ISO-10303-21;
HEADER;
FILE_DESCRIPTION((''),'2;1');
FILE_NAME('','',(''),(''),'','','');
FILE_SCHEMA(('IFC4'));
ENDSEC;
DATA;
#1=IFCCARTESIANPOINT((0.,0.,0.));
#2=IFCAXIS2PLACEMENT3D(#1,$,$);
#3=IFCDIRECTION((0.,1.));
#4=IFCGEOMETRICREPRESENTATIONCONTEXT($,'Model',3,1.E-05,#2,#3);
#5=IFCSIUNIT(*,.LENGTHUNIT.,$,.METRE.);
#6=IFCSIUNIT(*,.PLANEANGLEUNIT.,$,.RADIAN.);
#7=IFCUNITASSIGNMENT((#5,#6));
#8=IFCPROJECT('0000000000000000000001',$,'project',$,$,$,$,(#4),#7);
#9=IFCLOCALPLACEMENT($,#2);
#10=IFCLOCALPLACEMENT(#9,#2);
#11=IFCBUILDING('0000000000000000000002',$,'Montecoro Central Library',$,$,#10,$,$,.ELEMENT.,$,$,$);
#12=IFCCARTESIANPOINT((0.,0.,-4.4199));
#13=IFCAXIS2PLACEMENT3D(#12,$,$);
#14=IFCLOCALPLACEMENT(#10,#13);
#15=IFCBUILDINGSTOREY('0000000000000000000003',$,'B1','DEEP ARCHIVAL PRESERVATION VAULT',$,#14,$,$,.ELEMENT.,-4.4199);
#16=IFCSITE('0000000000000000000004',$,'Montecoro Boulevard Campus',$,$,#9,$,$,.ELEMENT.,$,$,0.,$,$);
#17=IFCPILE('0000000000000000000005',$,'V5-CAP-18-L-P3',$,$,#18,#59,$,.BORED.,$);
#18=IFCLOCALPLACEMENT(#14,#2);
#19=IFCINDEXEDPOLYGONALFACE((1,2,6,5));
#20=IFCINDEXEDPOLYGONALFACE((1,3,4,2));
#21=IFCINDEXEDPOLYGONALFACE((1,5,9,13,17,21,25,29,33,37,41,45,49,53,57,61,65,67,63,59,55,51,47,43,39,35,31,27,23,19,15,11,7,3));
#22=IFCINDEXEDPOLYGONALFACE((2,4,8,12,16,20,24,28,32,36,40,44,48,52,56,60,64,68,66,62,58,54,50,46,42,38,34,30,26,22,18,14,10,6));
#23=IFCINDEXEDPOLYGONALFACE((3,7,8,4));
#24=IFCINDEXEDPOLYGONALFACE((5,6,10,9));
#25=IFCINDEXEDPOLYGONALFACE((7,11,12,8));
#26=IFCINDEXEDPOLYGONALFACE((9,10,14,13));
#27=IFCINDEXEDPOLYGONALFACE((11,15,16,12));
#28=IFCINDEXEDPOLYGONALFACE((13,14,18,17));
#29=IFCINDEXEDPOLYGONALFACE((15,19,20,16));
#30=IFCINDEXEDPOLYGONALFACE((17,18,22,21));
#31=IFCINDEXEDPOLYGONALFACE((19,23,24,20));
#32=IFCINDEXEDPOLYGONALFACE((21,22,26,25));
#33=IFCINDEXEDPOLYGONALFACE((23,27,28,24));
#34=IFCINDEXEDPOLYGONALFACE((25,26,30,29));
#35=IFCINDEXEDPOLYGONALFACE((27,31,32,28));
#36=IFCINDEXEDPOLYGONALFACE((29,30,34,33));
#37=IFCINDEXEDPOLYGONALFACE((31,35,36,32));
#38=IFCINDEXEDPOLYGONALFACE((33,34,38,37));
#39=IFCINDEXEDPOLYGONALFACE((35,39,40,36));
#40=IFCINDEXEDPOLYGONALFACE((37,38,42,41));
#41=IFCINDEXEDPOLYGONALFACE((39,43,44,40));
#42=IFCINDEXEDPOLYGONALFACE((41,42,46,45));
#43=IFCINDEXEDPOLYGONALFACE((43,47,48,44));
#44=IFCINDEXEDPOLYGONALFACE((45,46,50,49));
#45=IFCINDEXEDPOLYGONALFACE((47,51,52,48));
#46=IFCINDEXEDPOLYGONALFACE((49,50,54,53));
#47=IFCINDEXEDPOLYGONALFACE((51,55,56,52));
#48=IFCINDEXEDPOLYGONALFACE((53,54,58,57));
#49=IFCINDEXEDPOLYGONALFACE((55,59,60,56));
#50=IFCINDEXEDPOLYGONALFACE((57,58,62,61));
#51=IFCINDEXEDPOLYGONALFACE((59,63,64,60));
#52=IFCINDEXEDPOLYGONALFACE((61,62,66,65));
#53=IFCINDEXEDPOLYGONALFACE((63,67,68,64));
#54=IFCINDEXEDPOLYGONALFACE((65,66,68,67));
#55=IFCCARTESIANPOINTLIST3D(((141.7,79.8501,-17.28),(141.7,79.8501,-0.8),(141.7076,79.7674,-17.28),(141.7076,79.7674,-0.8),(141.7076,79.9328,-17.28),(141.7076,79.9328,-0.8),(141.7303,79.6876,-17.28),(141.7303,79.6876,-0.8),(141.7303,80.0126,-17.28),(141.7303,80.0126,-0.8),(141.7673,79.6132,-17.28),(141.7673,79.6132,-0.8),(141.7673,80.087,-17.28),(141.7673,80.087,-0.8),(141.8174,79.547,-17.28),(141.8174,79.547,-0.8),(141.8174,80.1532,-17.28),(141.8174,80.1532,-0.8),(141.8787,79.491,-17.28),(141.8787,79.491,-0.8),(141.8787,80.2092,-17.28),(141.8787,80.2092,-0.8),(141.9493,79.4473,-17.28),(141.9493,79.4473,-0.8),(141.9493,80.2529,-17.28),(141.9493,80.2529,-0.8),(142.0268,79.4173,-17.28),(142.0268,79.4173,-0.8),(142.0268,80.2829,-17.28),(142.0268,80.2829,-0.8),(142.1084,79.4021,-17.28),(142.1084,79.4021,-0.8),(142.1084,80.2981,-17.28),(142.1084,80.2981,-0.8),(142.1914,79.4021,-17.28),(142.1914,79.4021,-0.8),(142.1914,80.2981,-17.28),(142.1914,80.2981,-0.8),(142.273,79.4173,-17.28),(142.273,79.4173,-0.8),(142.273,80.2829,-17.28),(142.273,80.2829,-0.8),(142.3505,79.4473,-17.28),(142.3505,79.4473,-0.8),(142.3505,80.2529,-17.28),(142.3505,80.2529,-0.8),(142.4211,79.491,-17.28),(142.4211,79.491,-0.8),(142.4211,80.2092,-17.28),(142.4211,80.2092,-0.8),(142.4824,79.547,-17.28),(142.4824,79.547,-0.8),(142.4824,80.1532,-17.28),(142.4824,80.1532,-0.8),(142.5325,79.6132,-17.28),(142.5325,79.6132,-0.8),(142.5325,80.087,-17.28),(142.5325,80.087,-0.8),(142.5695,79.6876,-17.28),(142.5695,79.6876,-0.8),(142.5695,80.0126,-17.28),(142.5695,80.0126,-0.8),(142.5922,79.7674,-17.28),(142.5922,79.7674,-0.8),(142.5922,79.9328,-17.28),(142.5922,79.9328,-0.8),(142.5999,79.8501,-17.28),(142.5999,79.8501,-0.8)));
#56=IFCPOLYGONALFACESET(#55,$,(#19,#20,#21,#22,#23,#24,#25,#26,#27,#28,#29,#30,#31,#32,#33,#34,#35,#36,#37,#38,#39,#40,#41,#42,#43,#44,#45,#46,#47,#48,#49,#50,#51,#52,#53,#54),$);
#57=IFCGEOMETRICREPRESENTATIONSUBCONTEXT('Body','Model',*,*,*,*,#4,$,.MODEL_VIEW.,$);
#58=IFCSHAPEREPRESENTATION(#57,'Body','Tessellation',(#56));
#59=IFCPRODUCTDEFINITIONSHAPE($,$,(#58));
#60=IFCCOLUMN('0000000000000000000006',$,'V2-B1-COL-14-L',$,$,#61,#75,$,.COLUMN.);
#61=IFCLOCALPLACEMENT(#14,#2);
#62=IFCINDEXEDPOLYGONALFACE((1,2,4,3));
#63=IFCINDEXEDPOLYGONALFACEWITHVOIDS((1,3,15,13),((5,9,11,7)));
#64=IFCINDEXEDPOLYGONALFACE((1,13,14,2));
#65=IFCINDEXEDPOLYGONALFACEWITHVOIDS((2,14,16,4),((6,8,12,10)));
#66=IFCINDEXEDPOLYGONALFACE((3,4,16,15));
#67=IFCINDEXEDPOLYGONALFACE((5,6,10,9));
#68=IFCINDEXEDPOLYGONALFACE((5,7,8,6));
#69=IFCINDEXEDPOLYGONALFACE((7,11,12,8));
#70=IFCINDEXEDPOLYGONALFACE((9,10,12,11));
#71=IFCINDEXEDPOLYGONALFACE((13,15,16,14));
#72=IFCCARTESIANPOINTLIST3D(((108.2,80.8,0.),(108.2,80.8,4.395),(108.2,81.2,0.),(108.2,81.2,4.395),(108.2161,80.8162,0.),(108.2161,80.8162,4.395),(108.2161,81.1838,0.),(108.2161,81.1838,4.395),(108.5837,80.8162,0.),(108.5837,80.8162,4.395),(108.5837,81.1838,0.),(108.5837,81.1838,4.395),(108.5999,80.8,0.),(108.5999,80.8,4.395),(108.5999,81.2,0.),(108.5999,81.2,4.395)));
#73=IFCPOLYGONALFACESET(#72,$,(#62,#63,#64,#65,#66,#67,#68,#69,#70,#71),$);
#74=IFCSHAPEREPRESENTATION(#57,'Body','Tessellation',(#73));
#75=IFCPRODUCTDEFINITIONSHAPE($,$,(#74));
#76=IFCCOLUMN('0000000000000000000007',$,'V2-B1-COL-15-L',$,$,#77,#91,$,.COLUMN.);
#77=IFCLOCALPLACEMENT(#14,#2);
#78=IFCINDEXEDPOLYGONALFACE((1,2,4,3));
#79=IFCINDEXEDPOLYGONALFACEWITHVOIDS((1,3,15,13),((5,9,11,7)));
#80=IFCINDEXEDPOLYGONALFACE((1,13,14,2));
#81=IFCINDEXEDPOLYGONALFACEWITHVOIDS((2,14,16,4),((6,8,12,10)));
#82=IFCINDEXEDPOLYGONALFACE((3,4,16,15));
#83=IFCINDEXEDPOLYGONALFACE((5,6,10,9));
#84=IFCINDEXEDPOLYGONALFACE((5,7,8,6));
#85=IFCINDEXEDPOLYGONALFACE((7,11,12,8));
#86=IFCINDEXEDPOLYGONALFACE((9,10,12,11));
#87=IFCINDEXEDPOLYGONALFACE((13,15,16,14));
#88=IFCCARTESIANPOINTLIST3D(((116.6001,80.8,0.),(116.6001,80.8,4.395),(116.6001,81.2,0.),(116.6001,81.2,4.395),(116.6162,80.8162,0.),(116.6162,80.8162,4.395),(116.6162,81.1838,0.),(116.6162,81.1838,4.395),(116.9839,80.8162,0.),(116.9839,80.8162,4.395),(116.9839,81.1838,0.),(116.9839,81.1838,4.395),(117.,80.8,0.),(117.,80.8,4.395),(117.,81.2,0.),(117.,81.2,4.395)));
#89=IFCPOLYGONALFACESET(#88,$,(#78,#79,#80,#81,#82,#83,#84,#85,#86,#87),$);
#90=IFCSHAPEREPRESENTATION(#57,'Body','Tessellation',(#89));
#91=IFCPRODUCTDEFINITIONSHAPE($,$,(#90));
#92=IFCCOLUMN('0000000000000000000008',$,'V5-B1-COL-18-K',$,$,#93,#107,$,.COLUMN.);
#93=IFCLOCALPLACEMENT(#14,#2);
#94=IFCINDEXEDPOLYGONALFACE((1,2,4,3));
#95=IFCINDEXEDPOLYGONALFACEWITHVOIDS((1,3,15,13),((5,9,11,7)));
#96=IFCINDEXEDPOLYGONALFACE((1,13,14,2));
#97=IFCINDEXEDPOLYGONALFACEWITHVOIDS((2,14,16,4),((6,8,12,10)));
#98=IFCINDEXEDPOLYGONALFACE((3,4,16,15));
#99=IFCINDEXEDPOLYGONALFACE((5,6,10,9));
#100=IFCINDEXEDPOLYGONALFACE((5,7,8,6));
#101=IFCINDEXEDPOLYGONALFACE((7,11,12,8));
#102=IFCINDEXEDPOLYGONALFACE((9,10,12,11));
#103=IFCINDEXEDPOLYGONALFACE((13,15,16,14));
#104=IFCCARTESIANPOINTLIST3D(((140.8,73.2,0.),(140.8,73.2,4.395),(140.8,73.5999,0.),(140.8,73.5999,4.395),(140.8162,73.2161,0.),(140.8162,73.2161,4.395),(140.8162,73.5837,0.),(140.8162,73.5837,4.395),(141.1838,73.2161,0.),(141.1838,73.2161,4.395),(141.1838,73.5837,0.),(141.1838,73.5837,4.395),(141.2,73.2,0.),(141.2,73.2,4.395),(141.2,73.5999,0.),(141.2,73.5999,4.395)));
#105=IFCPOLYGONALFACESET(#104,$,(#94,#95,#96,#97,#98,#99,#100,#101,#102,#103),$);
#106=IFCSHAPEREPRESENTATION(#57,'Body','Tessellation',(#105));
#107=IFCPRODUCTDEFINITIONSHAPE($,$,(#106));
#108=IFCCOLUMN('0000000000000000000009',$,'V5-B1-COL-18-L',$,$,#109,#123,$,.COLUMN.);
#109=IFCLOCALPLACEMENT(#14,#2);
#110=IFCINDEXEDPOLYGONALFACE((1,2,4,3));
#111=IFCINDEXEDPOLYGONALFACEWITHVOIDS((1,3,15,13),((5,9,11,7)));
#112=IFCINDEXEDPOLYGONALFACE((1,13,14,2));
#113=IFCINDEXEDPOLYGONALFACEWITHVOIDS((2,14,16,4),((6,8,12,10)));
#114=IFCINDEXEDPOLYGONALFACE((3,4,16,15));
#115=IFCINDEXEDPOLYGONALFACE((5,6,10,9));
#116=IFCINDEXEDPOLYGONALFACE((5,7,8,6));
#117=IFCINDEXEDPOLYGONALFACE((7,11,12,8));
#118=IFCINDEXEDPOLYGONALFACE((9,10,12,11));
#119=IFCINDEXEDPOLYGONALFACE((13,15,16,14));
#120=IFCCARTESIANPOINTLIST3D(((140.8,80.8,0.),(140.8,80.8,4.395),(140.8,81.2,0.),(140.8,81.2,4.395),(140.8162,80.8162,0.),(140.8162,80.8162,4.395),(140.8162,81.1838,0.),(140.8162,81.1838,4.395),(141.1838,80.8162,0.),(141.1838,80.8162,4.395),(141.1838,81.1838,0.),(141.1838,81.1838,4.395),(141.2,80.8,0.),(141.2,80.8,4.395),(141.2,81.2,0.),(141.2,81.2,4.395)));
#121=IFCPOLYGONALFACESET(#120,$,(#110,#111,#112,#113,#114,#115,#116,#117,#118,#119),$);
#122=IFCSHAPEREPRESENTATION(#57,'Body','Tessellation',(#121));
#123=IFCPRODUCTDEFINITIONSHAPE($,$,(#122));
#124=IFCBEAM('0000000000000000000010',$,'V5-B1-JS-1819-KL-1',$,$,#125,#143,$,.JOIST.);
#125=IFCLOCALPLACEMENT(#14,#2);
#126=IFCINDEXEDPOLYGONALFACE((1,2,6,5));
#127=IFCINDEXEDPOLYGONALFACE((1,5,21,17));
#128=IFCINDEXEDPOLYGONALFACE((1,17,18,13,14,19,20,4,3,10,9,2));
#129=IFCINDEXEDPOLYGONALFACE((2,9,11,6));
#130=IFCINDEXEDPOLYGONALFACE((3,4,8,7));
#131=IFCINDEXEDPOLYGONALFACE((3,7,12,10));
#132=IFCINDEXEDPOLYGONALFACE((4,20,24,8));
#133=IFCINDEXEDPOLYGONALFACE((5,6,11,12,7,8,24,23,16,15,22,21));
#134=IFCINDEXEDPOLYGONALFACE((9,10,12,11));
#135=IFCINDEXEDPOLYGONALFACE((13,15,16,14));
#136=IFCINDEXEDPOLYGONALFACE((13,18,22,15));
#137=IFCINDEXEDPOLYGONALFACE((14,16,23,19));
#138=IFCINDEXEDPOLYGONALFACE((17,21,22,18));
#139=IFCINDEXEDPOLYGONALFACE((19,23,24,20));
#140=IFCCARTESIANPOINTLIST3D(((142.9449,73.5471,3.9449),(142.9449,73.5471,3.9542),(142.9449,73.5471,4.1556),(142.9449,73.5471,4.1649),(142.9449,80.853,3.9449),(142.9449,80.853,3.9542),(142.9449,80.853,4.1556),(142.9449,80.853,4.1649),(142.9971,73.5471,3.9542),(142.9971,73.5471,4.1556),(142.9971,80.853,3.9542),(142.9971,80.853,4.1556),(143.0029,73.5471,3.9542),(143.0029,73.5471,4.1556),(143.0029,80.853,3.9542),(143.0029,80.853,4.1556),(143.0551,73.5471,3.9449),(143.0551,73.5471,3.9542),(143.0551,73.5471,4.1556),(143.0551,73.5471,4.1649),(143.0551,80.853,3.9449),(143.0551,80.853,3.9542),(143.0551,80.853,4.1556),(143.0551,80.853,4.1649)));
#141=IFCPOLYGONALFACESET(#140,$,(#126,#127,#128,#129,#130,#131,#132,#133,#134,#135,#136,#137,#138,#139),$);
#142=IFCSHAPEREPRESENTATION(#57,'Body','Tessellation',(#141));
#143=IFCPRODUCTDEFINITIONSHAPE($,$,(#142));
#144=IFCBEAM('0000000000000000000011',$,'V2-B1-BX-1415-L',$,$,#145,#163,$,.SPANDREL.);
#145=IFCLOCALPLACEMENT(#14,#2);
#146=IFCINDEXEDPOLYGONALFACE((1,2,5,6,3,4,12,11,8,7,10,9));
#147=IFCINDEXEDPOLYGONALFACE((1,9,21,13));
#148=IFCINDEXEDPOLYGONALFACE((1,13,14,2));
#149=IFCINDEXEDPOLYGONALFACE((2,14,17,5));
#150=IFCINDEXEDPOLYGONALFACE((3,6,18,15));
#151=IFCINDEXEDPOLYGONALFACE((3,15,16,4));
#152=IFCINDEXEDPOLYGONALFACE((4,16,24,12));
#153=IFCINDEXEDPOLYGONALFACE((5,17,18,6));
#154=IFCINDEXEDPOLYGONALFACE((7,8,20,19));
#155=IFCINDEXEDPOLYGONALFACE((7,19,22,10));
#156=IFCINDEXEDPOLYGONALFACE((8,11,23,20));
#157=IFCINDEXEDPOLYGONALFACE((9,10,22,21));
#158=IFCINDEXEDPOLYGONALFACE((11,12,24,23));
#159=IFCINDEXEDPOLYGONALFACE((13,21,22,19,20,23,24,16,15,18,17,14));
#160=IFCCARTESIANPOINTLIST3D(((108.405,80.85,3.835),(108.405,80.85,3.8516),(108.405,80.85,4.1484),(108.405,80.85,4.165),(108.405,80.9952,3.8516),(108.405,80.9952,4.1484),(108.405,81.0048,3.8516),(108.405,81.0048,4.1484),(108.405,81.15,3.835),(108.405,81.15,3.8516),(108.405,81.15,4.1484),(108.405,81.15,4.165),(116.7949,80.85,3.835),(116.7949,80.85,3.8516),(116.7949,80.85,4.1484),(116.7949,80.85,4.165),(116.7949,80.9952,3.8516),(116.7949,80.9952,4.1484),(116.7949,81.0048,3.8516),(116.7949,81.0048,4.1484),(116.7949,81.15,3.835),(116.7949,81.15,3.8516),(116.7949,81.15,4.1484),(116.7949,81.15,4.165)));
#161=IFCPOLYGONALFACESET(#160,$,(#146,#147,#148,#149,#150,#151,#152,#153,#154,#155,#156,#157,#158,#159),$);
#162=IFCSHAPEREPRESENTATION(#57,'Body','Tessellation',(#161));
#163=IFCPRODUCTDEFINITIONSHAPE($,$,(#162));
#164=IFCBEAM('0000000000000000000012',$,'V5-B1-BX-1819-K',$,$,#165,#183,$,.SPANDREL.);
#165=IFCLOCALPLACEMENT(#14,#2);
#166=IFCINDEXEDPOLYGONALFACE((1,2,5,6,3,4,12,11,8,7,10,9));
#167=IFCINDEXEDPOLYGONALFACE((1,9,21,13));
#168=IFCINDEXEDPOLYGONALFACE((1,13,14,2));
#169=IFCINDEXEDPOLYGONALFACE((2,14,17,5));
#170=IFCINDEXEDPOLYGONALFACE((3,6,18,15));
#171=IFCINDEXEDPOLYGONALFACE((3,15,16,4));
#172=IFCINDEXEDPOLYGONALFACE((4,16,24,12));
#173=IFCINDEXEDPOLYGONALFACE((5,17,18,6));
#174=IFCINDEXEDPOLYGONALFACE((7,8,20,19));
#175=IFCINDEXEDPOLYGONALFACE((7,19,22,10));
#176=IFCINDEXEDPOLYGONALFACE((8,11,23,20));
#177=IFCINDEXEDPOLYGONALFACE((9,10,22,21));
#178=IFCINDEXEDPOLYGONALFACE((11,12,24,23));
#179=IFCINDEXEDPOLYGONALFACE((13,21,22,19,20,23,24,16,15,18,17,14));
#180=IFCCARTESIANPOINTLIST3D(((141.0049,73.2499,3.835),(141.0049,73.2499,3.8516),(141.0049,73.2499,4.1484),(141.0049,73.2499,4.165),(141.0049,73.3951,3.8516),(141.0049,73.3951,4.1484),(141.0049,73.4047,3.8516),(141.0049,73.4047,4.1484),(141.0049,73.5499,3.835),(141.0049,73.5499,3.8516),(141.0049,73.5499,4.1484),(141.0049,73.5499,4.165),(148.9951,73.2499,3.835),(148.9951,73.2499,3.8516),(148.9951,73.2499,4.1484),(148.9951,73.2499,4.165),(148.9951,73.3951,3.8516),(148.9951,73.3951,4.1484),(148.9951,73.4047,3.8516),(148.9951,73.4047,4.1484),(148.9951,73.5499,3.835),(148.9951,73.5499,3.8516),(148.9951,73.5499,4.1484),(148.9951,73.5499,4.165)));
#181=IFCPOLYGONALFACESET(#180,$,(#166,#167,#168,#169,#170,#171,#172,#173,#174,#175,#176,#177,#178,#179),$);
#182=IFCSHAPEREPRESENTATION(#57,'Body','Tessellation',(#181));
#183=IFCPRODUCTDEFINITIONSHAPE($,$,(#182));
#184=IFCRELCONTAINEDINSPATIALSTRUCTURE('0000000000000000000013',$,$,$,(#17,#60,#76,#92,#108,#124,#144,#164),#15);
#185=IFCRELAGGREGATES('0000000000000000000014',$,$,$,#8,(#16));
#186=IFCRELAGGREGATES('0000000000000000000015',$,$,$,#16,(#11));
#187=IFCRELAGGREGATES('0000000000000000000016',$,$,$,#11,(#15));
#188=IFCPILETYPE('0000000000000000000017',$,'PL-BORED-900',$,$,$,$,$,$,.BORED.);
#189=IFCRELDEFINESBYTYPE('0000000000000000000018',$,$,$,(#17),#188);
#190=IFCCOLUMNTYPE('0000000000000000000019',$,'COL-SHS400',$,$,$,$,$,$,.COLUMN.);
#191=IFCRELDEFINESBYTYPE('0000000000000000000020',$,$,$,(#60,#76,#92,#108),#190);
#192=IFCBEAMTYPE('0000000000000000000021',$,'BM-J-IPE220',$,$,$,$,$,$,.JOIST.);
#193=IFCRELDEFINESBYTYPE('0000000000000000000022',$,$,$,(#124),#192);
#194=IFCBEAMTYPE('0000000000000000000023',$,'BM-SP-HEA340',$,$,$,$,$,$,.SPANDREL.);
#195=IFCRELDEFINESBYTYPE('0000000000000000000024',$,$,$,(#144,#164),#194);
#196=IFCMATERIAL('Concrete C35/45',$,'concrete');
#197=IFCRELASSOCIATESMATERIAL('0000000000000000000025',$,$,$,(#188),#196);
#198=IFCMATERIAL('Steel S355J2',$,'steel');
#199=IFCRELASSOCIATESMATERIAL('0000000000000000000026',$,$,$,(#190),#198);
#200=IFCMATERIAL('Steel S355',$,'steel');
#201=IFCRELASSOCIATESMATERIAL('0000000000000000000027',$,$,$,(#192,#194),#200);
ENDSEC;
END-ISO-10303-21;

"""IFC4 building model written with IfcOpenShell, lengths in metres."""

from ifc_helpers import new_model, si_unit, direction, frame, origin, origin_2d, place, context, subcontext, project, spatial, hollow_rectangle, circle, i_section, extrude, material, material_profile, profile_set, type_object, element, save


model = new_model("IFC4")

# Units and contexts
model_context = context("Model", 3, precision=1e-05, world=origin(), true_north=direction((0.0, 1.0)))
body_context = subcontext(model_context, "Body", "Model", "MODEL_VIEW")
ifc_project = project(units=[si_unit("LENGTHUNIT", "METRE"), si_unit("PLANEANGLEUNIT", "RADIAN")], contexts=[model_context])

# Site, building, storey
site_placement = place(None, origin())
site = spatial("IfcSite", under=ifc_project, at=site_placement, Name="Montecoro Boulevard Campus", CompositionType="ELEMENT", RefElevation=0.0)
building_placement = place(site_placement, origin())
building = spatial("IfcBuilding", under=site, at=building_placement, Name="Montecoro Central Library", CompositionType="ELEMENT")
storey_placement = place(building_placement, frame((0.0, 0.0, -4.4199)))
storey = spatial("IfcBuildingStorey", under=building, at=storey_placement, Name="B1", Description="DEEP ARCHIVAL PRESERVATION VAULT", CompositionType="ELEMENT", Elevation=-4.4199)

# Shared definitions
ifc_material_1 = material(Name="Concrete C35/45", Category="concrete")

# Pile
ifc_material_profile_1 = material_profile(ifc_material_1, circle(Radius=0.45, at=origin_2d()), Name="PILE D900")
ifc_profile_set_1 = profile_set([ifc_material_profile_1], Name="Concrete C35/45")
pile_type_1 = type_object("IfcPileType", Name="PL-BORED-900", PredefinedType="BORED", material=ifc_profile_set_1)
for number, where, z_axis, x_axis, name in (
    (1, (142.1499, 79.8501, -0.8), (0.0, 0.0, -1.0), (1.0, 0.0, 0.0), "V5-CAP-18-L-P3"),
):
    element("IfcPile", number, at=place(storey_placement, frame(where, z_axis=z_axis, x_axis=x_axis)), inside=storey, type_object=pile_type_1, Name=name, PredefinedType="BORED", context=body_context, shape_type="SweptSolid", body=[
        extrude(circle(Radius=0.45, at=origin_2d()), origin(), (0.0, 0.0, 1.0), 16.48),
    ])

# Columns
ifc_material_2 = material(Name="Steel S355J2", Category="steel")
ifc_material_profile_2 = material_profile(ifc_material_2, hollow_rectangle(XDim=0.3999, YDim=0.3999, WallThickness=0.0161, at=origin_2d()), Name="SHS 400x400x16.0")
ifc_profile_set_2 = profile_set([ifc_material_profile_2], Name="Steel S355J2")
column_type = type_object("IfcColumnType", Name="COL-SHS400", PredefinedType="COLUMN", material=ifc_profile_set_2)
for number, where, z_axis, x_axis, name in (
    (2, (108.3999, 81.0, 0.0), (0.0, 0.0, 1.0), (1.0, 0.0, 0.0), "V2-B1-COL-14-L"),
    (3, (116.8, 81.0, 0.0), (0.0, 0.0, 1.0), (1.0, 0.0, 0.0), "V2-B1-COL-15-L"),
    (4, (141.0, 73.3999, 0.0), (0.0, 0.0, 1.0), (1.0, 0.0, 0.0), "V5-B1-COL-18-K"),
    (5, (141.0, 81.0, 0.0), (0.0, 0.0, 1.0), (1.0, 0.0, 0.0), "V5-B1-COL-18-L"),
):
    element("IfcColumn", number, at=place(storey_placement, frame(where, z_axis=z_axis, x_axis=x_axis)), inside=storey, type_object=column_type, Name=name, PredefinedType="COLUMN", context=body_context, shape_type="SweptSolid", body=[
        extrude(hollow_rectangle(XDim=0.3999, YDim=0.3999, WallThickness=0.0161, at=origin_2d()), origin(), (0.0, 0.0, 1.0), 4.395),
    ])

# Beams
ifc_material_3 = material(Name="Steel S355", Category="steel")
ifc_material_profile_3 = material_profile(ifc_material_3, i_section(OverallWidth=0.1101, OverallDepth=0.22, WebThickness=0.0059, FlangeThickness=0.0093, at=origin_2d()), Name="IPE 220")
ifc_profile_set_3 = profile_set([ifc_material_profile_3], Name="Steel S355")
beam_type_1 = type_object("IfcBeamType", Name="BM-J-IPE220", PredefinedType="JOIST", material=ifc_profile_set_3)
beam_1_placement = place(storey_placement, frame((143.0, 73.5471, 4.0549), z_axis=(0.0, 1.0, 0.0), x_axis=(-1.0, 0.0, 0.0)))
element("IfcBeam", 6, at=beam_1_placement, inside=storey, type_object=beam_type_1, Name="V5-B1-JS-1819-KL-1", PredefinedType="JOIST", context=body_context, shape_type="SweptSolid", body=[
    extrude(i_section(OverallWidth=0.1101, OverallDepth=0.22, WebThickness=0.0059, FlangeThickness=0.0093, at=origin_2d()), origin(), (0.0, 0.0, 1.0), 7.3059),
])
ifc_material_profile_4 = material_profile(ifc_material_3, i_section(OverallWidth=0.3, OverallDepth=0.3301, WebThickness=0.0095, FlangeThickness=0.0166, at=origin_2d()), Name="HEA 340")
ifc_profile_set_4 = profile_set([ifc_material_profile_4], Name="Steel S355")
beam_type_2 = type_object("IfcBeamType", Name="BM-SP-HEA340", PredefinedType="SPANDREL", material=ifc_profile_set_4)
beam_2_placement = place(storey_placement, frame((108.405, 81.0, 4.0), z_axis=(1.0, 0.0, 0.0), x_axis=(0.0, 1.0, 0.0)))
element("IfcBeam", 7, at=beam_2_placement, inside=storey, type_object=beam_type_2, Name="V2-B1-BX-1415-L", PredefinedType="SPANDREL", context=body_context, shape_type="SweptSolid", body=[
    extrude(i_section(OverallWidth=0.3, OverallDepth=0.3301, WebThickness=0.0095, FlangeThickness=0.0166, at=origin_2d()), origin(), (0.0, 0.0, 1.0), 8.3899),
])
beam_3_placement = place(storey_placement, frame((141.0049, 73.3999, 4.0), z_axis=(1.0, 0.0, 0.0), x_axis=(0.0, 1.0, 0.0)))
element("IfcBeam", 8, at=beam_3_placement, inside=storey, type_object=beam_type_2, Name="V5-B1-BX-1819-K", PredefinedType="SPANDREL", context=body_context, shape_type="SweptSolid", body=[
    extrude(i_section(OverallWidth=0.3, OverallDepth=0.3301, WebThickness=0.0095, FlangeThickness=0.0166, at=origin_2d()), origin(), (0.0, 0.0, 1.0), 7.9902),
])

save(model, "model.ifc")
